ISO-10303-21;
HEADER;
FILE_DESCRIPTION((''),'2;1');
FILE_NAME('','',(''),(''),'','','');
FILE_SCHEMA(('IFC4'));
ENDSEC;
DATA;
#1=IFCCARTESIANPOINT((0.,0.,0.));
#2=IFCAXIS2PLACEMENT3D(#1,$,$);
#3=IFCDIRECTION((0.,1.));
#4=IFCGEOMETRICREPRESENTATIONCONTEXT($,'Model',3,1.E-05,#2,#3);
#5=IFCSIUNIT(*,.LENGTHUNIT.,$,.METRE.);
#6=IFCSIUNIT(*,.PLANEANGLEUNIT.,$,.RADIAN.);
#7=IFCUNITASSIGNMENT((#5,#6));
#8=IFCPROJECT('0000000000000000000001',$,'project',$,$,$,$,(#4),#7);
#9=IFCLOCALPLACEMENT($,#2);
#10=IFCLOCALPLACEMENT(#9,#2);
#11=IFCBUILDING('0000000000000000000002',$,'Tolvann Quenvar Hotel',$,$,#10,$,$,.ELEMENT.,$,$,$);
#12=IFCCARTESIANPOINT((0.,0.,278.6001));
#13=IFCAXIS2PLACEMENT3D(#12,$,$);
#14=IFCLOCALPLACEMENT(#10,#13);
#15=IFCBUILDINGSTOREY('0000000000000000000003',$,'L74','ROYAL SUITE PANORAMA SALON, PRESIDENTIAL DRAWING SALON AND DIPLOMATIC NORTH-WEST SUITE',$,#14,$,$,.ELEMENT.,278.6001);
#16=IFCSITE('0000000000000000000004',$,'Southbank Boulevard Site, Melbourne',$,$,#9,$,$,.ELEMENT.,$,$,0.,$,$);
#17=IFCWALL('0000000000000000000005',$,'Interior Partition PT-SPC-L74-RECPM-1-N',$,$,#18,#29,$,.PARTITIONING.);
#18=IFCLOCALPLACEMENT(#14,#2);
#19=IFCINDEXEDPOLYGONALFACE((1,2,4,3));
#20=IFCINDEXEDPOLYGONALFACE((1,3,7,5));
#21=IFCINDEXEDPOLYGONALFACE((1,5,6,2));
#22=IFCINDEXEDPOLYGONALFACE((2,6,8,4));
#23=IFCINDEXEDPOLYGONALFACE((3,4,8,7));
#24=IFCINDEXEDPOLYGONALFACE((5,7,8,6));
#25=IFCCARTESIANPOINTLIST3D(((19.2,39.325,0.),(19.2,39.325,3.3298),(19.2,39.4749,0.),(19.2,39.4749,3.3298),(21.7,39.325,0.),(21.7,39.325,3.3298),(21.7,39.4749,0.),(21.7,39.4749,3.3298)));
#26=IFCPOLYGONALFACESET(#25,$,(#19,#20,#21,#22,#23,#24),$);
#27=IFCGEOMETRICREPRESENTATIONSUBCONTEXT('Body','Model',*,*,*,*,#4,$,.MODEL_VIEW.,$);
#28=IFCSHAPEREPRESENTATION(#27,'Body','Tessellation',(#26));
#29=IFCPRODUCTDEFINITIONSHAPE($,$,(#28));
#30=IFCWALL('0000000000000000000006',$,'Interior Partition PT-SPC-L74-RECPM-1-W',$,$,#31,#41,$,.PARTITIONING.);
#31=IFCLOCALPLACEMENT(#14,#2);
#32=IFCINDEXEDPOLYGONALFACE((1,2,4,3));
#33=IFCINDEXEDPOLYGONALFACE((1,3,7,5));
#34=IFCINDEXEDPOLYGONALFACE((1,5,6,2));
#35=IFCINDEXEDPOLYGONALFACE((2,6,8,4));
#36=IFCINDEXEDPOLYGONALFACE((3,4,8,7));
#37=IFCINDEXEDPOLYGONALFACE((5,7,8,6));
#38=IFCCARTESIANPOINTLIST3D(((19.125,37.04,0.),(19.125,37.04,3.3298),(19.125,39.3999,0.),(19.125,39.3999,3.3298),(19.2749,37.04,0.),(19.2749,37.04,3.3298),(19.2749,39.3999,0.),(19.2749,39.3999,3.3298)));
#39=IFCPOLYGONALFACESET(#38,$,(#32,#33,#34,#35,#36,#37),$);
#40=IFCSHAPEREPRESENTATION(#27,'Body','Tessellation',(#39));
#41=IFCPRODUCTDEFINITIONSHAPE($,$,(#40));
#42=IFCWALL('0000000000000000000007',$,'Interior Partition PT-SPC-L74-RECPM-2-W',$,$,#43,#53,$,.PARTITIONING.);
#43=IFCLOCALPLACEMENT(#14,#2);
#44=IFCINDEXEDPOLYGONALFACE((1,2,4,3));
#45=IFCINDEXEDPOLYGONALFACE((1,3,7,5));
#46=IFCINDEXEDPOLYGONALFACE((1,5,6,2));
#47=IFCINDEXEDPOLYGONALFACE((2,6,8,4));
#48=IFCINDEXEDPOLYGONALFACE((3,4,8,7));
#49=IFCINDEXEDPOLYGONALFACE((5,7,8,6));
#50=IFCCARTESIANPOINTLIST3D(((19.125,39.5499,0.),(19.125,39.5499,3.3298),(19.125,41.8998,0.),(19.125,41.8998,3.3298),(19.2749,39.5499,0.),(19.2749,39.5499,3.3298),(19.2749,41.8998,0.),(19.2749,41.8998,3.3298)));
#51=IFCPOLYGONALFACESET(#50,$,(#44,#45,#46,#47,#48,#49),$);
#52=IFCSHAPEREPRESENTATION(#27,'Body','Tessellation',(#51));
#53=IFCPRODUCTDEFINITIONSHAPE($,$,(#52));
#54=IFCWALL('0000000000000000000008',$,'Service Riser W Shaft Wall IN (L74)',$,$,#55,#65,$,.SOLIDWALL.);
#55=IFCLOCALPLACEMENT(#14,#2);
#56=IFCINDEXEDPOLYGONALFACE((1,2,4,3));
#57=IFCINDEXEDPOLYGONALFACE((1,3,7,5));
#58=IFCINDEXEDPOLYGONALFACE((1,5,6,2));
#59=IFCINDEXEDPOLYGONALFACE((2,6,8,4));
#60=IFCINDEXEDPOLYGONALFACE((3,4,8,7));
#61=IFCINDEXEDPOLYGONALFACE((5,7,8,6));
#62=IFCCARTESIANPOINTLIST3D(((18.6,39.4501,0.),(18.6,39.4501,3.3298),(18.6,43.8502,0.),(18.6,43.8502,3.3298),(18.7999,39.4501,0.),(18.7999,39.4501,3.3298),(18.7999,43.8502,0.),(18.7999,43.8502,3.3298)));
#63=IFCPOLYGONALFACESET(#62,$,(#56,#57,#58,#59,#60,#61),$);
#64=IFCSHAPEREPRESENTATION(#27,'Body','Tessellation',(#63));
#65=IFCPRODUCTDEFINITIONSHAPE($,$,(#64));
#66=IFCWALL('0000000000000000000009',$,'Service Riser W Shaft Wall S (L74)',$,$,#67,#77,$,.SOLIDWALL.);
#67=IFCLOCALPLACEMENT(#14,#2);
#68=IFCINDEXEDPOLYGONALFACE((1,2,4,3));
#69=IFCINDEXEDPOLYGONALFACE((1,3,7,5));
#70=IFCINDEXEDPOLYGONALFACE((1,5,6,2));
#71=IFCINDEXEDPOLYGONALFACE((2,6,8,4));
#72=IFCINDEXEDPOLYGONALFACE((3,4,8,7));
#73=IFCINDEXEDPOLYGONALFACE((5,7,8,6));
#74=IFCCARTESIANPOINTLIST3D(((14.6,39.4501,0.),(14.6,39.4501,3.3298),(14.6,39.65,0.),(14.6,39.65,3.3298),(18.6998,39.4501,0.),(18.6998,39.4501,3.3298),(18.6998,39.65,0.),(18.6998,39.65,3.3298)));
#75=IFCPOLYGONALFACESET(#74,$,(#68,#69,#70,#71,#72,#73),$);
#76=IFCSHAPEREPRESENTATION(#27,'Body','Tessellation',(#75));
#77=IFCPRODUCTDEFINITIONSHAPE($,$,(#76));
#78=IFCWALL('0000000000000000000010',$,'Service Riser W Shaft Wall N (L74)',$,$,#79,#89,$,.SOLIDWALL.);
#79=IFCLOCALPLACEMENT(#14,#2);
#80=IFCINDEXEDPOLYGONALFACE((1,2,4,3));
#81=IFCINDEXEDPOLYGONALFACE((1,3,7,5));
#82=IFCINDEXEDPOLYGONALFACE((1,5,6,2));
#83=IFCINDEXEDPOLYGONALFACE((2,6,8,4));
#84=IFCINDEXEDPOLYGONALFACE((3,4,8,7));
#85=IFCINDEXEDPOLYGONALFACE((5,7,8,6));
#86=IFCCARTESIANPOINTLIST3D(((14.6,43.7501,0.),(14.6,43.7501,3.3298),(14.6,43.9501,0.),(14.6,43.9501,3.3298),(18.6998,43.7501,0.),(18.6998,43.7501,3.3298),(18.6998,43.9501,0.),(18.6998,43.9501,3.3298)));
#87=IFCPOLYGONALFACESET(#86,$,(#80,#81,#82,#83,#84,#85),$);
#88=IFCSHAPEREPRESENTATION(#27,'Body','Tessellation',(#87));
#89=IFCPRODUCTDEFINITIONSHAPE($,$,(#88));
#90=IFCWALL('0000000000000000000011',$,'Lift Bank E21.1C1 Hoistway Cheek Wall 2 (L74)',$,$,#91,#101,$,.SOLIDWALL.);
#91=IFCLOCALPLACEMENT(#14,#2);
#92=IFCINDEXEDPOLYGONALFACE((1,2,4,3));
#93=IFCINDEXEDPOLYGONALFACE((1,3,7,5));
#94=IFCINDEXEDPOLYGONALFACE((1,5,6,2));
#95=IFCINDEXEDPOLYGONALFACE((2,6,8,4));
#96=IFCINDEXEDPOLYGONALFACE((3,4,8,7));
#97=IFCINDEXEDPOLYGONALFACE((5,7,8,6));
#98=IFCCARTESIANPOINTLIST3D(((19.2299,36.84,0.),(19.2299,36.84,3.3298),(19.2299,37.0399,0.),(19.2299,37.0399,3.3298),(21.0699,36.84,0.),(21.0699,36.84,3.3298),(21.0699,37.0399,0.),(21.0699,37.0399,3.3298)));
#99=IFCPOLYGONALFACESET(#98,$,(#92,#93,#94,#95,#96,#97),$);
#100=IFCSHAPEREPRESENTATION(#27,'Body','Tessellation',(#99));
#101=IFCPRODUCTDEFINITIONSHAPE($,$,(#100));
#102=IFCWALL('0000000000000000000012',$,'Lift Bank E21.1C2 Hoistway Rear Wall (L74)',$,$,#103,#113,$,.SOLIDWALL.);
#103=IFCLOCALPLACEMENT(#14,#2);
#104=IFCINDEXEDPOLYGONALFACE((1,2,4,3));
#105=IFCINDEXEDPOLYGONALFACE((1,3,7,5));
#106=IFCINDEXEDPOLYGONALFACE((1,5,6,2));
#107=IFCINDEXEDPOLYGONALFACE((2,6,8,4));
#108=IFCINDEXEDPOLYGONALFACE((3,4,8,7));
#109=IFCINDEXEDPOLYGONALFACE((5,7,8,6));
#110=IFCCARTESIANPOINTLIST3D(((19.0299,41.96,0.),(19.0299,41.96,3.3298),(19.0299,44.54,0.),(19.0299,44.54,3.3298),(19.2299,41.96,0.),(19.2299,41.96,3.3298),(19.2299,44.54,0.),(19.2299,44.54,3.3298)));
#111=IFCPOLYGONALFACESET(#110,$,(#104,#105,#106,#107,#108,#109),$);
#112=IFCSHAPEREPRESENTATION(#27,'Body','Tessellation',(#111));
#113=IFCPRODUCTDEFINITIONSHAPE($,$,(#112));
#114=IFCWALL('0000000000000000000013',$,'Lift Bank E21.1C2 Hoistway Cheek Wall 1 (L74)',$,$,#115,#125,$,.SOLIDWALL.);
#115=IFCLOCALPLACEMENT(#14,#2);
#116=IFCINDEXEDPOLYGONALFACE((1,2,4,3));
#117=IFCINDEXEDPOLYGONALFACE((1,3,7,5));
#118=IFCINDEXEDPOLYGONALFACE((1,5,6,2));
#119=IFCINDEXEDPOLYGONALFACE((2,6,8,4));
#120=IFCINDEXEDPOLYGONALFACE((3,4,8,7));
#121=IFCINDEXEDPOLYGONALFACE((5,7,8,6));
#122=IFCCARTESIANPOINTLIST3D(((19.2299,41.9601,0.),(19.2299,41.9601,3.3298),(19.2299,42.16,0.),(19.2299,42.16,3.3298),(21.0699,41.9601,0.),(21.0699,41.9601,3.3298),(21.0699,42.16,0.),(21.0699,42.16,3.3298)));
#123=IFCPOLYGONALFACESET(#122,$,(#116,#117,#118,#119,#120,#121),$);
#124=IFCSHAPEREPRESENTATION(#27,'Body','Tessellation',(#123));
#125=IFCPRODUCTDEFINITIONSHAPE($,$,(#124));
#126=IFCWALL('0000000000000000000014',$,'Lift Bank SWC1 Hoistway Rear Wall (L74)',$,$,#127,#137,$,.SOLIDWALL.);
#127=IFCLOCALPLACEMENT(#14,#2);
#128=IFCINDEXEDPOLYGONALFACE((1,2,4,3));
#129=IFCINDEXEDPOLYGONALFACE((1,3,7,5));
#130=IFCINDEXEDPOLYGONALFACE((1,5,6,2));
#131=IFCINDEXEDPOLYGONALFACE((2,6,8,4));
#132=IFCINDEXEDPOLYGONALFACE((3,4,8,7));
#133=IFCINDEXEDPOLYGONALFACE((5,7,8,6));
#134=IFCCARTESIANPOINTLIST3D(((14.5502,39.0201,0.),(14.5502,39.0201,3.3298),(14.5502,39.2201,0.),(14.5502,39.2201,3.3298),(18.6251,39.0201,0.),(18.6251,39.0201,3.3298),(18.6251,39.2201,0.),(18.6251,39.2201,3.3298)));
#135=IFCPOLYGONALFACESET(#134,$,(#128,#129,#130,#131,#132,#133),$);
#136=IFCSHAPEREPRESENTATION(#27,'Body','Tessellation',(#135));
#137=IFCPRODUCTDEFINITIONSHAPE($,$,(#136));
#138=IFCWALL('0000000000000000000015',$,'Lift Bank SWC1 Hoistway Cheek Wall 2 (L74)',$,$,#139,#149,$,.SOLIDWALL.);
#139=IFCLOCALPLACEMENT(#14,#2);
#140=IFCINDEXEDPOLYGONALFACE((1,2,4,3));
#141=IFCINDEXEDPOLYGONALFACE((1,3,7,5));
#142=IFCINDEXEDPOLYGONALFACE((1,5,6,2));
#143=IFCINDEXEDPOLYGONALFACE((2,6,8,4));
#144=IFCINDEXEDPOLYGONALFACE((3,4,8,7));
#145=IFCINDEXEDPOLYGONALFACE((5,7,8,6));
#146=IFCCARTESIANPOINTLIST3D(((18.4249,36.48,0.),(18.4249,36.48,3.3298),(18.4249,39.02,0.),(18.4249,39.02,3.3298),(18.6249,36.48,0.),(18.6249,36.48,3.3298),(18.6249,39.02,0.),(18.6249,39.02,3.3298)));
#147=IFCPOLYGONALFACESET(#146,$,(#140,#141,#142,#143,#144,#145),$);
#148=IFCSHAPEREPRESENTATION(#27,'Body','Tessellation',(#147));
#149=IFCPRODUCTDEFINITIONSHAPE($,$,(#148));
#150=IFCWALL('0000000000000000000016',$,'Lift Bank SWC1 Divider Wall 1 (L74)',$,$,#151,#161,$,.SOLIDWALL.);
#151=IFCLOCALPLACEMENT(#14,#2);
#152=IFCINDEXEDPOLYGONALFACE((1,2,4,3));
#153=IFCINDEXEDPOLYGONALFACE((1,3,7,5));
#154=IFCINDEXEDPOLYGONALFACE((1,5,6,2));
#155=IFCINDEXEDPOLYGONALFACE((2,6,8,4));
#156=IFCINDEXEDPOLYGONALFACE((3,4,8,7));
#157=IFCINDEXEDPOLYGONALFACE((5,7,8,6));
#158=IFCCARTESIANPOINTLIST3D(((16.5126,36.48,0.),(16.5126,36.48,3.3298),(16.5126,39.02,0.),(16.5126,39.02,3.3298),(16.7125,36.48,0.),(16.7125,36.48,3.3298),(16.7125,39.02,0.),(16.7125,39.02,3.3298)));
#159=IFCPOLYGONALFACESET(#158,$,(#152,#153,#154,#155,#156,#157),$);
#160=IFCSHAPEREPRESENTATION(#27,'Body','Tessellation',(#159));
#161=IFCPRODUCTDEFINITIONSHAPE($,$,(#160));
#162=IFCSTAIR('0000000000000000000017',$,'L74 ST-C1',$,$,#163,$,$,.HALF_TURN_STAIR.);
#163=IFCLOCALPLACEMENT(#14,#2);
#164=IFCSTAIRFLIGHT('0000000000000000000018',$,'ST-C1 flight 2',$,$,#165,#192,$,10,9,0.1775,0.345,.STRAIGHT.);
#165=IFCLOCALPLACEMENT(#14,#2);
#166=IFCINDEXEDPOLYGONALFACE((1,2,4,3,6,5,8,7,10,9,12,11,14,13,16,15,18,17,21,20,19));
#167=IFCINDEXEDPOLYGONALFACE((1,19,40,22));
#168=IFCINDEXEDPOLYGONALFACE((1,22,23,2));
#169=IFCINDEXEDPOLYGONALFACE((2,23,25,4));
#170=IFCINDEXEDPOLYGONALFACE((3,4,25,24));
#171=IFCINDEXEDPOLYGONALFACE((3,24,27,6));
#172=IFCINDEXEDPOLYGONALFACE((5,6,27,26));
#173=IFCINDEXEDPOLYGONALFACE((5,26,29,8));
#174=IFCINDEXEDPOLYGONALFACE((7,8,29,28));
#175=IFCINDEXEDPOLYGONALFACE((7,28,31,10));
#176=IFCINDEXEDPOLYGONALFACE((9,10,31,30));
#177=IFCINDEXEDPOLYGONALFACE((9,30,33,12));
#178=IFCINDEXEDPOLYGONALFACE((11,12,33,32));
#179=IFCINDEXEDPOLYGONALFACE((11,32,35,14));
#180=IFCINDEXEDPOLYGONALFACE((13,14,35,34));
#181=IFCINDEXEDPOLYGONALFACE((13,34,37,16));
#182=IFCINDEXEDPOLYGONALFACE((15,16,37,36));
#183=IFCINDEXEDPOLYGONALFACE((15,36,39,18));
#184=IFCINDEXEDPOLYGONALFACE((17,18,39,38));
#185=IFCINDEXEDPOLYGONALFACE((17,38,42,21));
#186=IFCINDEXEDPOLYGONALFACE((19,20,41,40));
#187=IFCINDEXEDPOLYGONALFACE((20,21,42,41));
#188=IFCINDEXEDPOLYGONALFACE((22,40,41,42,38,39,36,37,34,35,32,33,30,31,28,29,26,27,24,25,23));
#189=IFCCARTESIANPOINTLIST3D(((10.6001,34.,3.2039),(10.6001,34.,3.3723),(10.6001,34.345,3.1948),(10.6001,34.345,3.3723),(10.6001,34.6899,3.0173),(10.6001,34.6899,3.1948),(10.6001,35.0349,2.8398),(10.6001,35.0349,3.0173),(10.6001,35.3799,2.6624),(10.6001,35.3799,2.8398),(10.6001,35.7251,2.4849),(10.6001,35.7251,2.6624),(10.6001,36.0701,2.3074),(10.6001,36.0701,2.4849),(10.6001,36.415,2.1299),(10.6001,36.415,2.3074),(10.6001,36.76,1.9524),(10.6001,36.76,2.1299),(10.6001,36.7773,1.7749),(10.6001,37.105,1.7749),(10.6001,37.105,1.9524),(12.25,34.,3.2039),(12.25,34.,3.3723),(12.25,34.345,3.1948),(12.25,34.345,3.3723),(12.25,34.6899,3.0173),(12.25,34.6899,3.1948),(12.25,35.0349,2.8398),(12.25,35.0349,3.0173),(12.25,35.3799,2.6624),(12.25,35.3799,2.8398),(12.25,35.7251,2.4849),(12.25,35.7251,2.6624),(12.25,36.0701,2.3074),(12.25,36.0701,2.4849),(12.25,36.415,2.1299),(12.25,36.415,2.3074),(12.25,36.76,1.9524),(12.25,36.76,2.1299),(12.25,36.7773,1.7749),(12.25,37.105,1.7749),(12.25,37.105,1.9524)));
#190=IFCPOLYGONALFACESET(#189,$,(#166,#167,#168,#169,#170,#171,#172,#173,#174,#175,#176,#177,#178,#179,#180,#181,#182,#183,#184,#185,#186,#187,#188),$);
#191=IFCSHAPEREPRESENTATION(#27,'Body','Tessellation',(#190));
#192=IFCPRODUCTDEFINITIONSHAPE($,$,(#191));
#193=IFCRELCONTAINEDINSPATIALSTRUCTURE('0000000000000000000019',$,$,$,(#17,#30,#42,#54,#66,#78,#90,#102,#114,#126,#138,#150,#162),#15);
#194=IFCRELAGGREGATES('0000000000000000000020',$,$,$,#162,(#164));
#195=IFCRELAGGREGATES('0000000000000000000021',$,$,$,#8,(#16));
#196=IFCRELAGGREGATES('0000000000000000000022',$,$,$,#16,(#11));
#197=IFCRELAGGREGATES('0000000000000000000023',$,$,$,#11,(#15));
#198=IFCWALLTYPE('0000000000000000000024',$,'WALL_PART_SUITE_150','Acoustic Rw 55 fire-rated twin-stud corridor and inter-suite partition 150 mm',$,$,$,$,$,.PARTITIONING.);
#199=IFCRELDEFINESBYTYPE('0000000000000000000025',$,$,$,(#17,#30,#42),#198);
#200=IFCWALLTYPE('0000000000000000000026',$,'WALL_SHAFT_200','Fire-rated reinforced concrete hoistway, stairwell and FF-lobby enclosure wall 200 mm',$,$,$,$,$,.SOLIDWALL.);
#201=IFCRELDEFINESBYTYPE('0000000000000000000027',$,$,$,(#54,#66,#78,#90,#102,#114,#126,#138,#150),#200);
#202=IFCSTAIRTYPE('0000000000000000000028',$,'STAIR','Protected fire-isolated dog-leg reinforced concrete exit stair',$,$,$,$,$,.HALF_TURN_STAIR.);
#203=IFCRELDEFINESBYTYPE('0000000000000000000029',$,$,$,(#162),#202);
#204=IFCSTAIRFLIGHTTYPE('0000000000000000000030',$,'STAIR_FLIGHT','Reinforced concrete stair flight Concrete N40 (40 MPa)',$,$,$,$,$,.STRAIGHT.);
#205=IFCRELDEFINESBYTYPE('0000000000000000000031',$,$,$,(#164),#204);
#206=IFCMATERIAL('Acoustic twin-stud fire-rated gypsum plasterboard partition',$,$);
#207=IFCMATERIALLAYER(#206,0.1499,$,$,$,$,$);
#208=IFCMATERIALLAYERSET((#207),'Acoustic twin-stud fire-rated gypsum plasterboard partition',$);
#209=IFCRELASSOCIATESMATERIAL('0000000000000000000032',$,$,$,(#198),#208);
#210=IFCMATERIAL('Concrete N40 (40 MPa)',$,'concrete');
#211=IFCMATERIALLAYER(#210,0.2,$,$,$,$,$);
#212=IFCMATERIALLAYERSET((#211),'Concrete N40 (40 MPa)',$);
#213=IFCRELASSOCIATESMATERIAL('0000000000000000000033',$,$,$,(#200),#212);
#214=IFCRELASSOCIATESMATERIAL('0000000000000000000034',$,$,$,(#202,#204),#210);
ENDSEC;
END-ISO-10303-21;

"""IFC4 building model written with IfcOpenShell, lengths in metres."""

from ifc_helpers import new_model, si_unit, direction, frame, frame_2d, origin, place, context, subcontext, project, spatial, polyline, rectangle, outline, extrude, material, layer, layer_set, type_object, element, aggregate, save


model = new_model("IFC4")

# Units and contexts
model_context = context("Model", 3, precision=1e-05, world=origin(), true_north=direction((0.0, 1.0)))
body_context = subcontext(model_context, "Body", "Model", "MODEL_VIEW")
ifc_project = project(units=[si_unit("LENGTHUNIT", "METRE"), si_unit("PLANEANGLEUNIT", "RADIAN")], contexts=[model_context])

# Site, building, storey
site_placement = place(None, origin())
site = spatial("IfcSite", under=ifc_project, at=site_placement, Name="Southbank Boulevard Site, Melbourne", CompositionType="ELEMENT", RefElevation=0.0)
building_placement = place(site_placement, origin())
building = spatial("IfcBuilding", under=site, at=building_placement, Name="Tolvann Quenvar Hotel", CompositionType="ELEMENT")
storey_placement = place(building_placement, frame((0.0, 0.0, 278.6001)))
storey = spatial("IfcBuildingStorey", under=building, at=storey_placement, Name="L74", Description="ROYAL SUITE PANORAMA SALON, PRESIDENTIAL DRAWING SALON AND DIPLOMATIC NORTH-WEST SUITE", CompositionType="ELEMENT", Elevation=278.6001)

# Walls
ifc_material_1 = material(Name="Acoustic twin-stud fire-rated gypsum plasterboard partition")
ifc_layer_1 = layer(ifc_material_1, 0.1499)
ifc_layer_set_1 = layer_set([ifc_layer_1], Name="Acoustic twin-stud fire-rated gypsum plasterboard partition")
wall_type_1 = type_object("IfcWallType", Name="WALL_PART_SUITE_150", Description="Acoustic Rw 55 fire-rated twin-stud corridor and inter-suite partition 150 mm", PredefinedType="PARTITIONING", material=ifc_layer_set_1)
wall_1_placement = place(storey_placement, frame((19.2, 39.3999, 0.0), z_axis=(0.0, 0.0, 1.0), x_axis=(1.0, 0.0, 0.0)))
element("IfcWall", 1, at=wall_1_placement, inside=storey, type_object=wall_type_1, Name="Interior Partition PT-SPC-L74-RECPM-1-N", PredefinedType="PARTITIONING", context=body_context, shape_type="SweptSolid", body=[
    extrude(rectangle(XDim=2.5, YDim=0.1499, at=frame_2d((1.25, 0.0))), origin(), (0.0, 0.0, 1.0), 3.3298),
])
wall_2_placement = place(storey_placement, frame((19.2, 37.04, 0.0), z_axis=(0.0, 0.0, 1.0), x_axis=(0.0, 1.0, 0.0)))
element("IfcWall", 2, at=wall_2_placement, inside=storey, type_object=wall_type_1, Name="Interior Partition PT-SPC-L74-RECPM-1-W", PredefinedType="PARTITIONING", context=body_context, shape_type="SweptSolid", body=[
    extrude(rectangle(XDim=2.3599, YDim=0.1499, at=frame_2d((1.1799, 0.0))), origin(), (0.0, 0.0, 1.0), 3.3298),
])
wall_3_placement = place(storey_placement, frame((19.2, 39.55, 0.0), z_axis=(0.0, 0.0, 1.0), x_axis=(0.0, 1.0, 0.0)))
element("IfcWall", 3, at=wall_3_placement, inside=storey, type_object=wall_type_1, Name="Interior Partition PT-SPC-L74-RECPM-2-W", PredefinedType="PARTITIONING", context=body_context, shape_type="SweptSolid", body=[
    extrude(rectangle(XDim=2.3499, YDim=0.1499, at=frame_2d((1.1748, 0.0))), origin(), (0.0, 0.0, 1.0), 3.3298),
])
ifc_material_2 = material(Name="Concrete N40 (40 MPa)", Category="concrete")
ifc_layer_2 = layer(ifc_material_2, 0.2)
ifc_layer_set_2 = layer_set([ifc_layer_2], Name="Concrete N40 (40 MPa)")
wall_type_2 = type_object("IfcWallType", Name="WALL_SHAFT_200", Description="Fire-rated reinforced concrete hoistway, stairwell and FF-lobby enclosure wall 200 mm", PredefinedType="SOLIDWALL", material=ifc_layer_set_2)
wall_4_placement = place(storey_placement, frame((18.7, 39.45, 0.0), z_axis=(0.0, 0.0, 1.0), x_axis=(0.0, 1.0, 0.0)))
element("IfcWall", 4, at=wall_4_placement, inside=storey, type_object=wall_type_2, Name="Service Riser W Shaft Wall IN (L74)", PredefinedType="SOLIDWALL", context=body_context, shape_type="SweptSolid", body=[
    extrude(rectangle(XDim=4.4001, YDim=0.2, at=frame_2d((2.2002, 0.0))), origin(), (0.0, 0.0, 1.0), 3.3298),
])
for number, where, z_axis, x_axis, name in (
    (5, (14.6001, 39.55, 0.0), (0.0, 0.0, 1.0), (1.0, 0.0, 0.0), "Service Riser W Shaft Wall S (L74)"),
    (6, (14.6001, 43.8501, 0.0), (0.0, 0.0, 1.0), (1.0, 0.0, 0.0), "Service Riser W Shaft Wall N (L74)"),
):
    element("IfcWall", number, at=place(storey_placement, frame(where, z_axis=z_axis, x_axis=x_axis)), inside=storey, type_object=wall_type_2, Name=name, PredefinedType="SOLIDWALL", context=body_context, shape_type="SweptSolid", body=[
        extrude(rectangle(XDim=4.0999, YDim=0.2, at=frame_2d((2.0498, 0.0))), origin(), (0.0, 0.0, 1.0), 3.3298),
    ])
wall_5_placement = place(storey_placement, frame((19.23, 36.9399, 0.0), z_axis=(0.0, 0.0, 1.0), x_axis=(1.0, 0.0, 0.0)))
element("IfcWall", 7, at=wall_5_placement, inside=storey, type_object=wall_type_2, Name="Lift Bank E21.1C1 Hoistway Cheek Wall 2 (L74)", PredefinedType="SOLIDWALL", context=body_context, shape_type="SweptSolid", body=[
    extrude(rectangle(XDim=1.8401, YDim=0.2, at=frame_2d((0.9199, 0.0))), origin(), (0.0, 0.0, 1.0), 3.3298),
])
wall_6_placement = place(storey_placement, frame((19.1299, 41.96, 0.0), z_axis=(0.0, 0.0, 1.0), x_axis=(0.0, 1.0, 0.0)))
element("IfcWall", 8, at=wall_6_placement, inside=storey, type_object=wall_type_2, Name="Lift Bank E21.1C2 Hoistway Rear Wall (L74)", PredefinedType="SOLIDWALL", context=body_context, shape_type="SweptSolid", body=[
    extrude(rectangle(XDim=2.5801, YDim=0.2, at=frame_2d((1.29, 0.0))), origin(), (0.0, 0.0, 1.0), 3.3298),
])
wall_7_placement = place(storey_placement, frame((19.23, 42.0601, 0.0), z_axis=(0.0, 0.0, 1.0), x_axis=(1.0, 0.0, 0.0)))
element("IfcWall", 9, at=wall_7_placement, inside=storey, type_object=wall_type_2, Name="Lift Bank E21.1C2 Hoistway Cheek Wall 1 (L74)", PredefinedType="SOLIDWALL", context=body_context, shape_type="SweptSolid", body=[
    extrude(rectangle(XDim=1.8401, YDim=0.2, at=frame_2d((0.9199, 0.0))), origin(), (0.0, 0.0, 1.0), 3.3298),
])
wall_8_placement = place(storey_placement, frame((14.55, 39.1201, 0.0), z_axis=(0.0, 0.0, 1.0), x_axis=(1.0, 0.0, 0.0)))
element("IfcWall", 10, at=wall_8_placement, inside=storey, type_object=wall_type_2, Name="Lift Bank SWC1 Hoistway Rear Wall (L74)", PredefinedType="SOLIDWALL", context=body_context, shape_type="SweptSolid", body=[
    extrude(rectangle(XDim=4.075, YDim=0.2, at=frame_2d((2.0376, 0.0))), origin(), (0.0, 0.0, 1.0), 3.3298),
])
for number, where, z_axis, x_axis, name in (
    (11, (18.5249, 36.48, 0.0), (0.0, 0.0, 1.0), (0.0, 1.0, 0.0), "Lift Bank SWC1 Hoistway Cheek Wall 2 (L74)"),
    (12, (16.6125, 36.48, 0.0), (0.0, 0.0, 1.0), (0.0, 1.0, 0.0), "Lift Bank SWC1 Divider Wall 1 (L74)"),
):
    element("IfcWall", number, at=place(storey_placement, frame(where, z_axis=z_axis, x_axis=x_axis)), inside=storey, type_object=wall_type_2, Name=name, PredefinedType="SOLIDWALL", context=body_context, shape_type="SweptSolid", body=[
        extrude(rectangle(XDim=2.54, YDim=0.2, at=frame_2d((1.27, 0.0))), origin(), (0.0, 0.0, 1.0), 3.3298),
    ])

# Stair, stair flight
stair_type = type_object("IfcStairType", Name="STAIR", Description="Protected fire-isolated dog-leg reinforced concrete exit stair", PredefinedType="HALF_TURN_STAIR", material=ifc_material_2)
stair_placement = place(storey_placement, origin())
stair = element("IfcStair", 13, at=stair_placement, inside=storey, type_object=stair_type, Name="L74 ST-C1", PredefinedType="HALF_TURN_STAIR")
stair_flight_type = type_object("IfcStairFlightType", Name="STAIR_FLIGHT", Description="Reinforced concrete stair flight Concrete N40 (40 MPa)", PredefinedType="STRAIGHT", material=ifc_material_2)
stair_flight_placement = place(storey_placement, frame((11.425, 37.105, 1.7749), z_axis=(0.0, 0.0, 1.0), x_axis=(0.0, -1.0, 0.0)))
stair_flight = element("IfcStairFlight", 14, at=stair_flight_placement, type_object=stair_flight_type, Name="ST-C1 flight 2", NumberOfRisers=10, NumberOfTreads=9, PredefinedType="STRAIGHT", RiserHeight=0.1775, TreadLength=0.345, context=body_context, shape_type="SweptSolid", body=[
    extrude(outline(polyline([(0.0, 0.0), (0.0, 0.1775), (0.345, 0.1775), (0.345, 0.355), (0.6899, 0.355), (0.6899, 0.5325), (1.0349, 0.5325), (1.0349, 0.71), (1.3799, 0.71), (1.3799, 0.8875), (1.7251, 0.8875), (1.7251, 1.0649), (2.0701, 1.0649), (2.0701, 1.2424), (2.415, 1.2424), (2.415, 1.4199), (2.76, 1.4199), (2.76, 1.5974), (3.105, 1.5974), (3.105, 1.7749), (3.105, 1.429), (0.3276, 0.0), (0.0, 0.0)])), frame((0.0, 0.825, 0.0), z_axis=(0.0, -1.0, 0.0), x_axis=(1.0, 0.0, 0.0)), (0.0, 0.0, 1.0), 1.6499),
])
aggregate(stair, [stair_flight])

save(model, "model.ifc")
